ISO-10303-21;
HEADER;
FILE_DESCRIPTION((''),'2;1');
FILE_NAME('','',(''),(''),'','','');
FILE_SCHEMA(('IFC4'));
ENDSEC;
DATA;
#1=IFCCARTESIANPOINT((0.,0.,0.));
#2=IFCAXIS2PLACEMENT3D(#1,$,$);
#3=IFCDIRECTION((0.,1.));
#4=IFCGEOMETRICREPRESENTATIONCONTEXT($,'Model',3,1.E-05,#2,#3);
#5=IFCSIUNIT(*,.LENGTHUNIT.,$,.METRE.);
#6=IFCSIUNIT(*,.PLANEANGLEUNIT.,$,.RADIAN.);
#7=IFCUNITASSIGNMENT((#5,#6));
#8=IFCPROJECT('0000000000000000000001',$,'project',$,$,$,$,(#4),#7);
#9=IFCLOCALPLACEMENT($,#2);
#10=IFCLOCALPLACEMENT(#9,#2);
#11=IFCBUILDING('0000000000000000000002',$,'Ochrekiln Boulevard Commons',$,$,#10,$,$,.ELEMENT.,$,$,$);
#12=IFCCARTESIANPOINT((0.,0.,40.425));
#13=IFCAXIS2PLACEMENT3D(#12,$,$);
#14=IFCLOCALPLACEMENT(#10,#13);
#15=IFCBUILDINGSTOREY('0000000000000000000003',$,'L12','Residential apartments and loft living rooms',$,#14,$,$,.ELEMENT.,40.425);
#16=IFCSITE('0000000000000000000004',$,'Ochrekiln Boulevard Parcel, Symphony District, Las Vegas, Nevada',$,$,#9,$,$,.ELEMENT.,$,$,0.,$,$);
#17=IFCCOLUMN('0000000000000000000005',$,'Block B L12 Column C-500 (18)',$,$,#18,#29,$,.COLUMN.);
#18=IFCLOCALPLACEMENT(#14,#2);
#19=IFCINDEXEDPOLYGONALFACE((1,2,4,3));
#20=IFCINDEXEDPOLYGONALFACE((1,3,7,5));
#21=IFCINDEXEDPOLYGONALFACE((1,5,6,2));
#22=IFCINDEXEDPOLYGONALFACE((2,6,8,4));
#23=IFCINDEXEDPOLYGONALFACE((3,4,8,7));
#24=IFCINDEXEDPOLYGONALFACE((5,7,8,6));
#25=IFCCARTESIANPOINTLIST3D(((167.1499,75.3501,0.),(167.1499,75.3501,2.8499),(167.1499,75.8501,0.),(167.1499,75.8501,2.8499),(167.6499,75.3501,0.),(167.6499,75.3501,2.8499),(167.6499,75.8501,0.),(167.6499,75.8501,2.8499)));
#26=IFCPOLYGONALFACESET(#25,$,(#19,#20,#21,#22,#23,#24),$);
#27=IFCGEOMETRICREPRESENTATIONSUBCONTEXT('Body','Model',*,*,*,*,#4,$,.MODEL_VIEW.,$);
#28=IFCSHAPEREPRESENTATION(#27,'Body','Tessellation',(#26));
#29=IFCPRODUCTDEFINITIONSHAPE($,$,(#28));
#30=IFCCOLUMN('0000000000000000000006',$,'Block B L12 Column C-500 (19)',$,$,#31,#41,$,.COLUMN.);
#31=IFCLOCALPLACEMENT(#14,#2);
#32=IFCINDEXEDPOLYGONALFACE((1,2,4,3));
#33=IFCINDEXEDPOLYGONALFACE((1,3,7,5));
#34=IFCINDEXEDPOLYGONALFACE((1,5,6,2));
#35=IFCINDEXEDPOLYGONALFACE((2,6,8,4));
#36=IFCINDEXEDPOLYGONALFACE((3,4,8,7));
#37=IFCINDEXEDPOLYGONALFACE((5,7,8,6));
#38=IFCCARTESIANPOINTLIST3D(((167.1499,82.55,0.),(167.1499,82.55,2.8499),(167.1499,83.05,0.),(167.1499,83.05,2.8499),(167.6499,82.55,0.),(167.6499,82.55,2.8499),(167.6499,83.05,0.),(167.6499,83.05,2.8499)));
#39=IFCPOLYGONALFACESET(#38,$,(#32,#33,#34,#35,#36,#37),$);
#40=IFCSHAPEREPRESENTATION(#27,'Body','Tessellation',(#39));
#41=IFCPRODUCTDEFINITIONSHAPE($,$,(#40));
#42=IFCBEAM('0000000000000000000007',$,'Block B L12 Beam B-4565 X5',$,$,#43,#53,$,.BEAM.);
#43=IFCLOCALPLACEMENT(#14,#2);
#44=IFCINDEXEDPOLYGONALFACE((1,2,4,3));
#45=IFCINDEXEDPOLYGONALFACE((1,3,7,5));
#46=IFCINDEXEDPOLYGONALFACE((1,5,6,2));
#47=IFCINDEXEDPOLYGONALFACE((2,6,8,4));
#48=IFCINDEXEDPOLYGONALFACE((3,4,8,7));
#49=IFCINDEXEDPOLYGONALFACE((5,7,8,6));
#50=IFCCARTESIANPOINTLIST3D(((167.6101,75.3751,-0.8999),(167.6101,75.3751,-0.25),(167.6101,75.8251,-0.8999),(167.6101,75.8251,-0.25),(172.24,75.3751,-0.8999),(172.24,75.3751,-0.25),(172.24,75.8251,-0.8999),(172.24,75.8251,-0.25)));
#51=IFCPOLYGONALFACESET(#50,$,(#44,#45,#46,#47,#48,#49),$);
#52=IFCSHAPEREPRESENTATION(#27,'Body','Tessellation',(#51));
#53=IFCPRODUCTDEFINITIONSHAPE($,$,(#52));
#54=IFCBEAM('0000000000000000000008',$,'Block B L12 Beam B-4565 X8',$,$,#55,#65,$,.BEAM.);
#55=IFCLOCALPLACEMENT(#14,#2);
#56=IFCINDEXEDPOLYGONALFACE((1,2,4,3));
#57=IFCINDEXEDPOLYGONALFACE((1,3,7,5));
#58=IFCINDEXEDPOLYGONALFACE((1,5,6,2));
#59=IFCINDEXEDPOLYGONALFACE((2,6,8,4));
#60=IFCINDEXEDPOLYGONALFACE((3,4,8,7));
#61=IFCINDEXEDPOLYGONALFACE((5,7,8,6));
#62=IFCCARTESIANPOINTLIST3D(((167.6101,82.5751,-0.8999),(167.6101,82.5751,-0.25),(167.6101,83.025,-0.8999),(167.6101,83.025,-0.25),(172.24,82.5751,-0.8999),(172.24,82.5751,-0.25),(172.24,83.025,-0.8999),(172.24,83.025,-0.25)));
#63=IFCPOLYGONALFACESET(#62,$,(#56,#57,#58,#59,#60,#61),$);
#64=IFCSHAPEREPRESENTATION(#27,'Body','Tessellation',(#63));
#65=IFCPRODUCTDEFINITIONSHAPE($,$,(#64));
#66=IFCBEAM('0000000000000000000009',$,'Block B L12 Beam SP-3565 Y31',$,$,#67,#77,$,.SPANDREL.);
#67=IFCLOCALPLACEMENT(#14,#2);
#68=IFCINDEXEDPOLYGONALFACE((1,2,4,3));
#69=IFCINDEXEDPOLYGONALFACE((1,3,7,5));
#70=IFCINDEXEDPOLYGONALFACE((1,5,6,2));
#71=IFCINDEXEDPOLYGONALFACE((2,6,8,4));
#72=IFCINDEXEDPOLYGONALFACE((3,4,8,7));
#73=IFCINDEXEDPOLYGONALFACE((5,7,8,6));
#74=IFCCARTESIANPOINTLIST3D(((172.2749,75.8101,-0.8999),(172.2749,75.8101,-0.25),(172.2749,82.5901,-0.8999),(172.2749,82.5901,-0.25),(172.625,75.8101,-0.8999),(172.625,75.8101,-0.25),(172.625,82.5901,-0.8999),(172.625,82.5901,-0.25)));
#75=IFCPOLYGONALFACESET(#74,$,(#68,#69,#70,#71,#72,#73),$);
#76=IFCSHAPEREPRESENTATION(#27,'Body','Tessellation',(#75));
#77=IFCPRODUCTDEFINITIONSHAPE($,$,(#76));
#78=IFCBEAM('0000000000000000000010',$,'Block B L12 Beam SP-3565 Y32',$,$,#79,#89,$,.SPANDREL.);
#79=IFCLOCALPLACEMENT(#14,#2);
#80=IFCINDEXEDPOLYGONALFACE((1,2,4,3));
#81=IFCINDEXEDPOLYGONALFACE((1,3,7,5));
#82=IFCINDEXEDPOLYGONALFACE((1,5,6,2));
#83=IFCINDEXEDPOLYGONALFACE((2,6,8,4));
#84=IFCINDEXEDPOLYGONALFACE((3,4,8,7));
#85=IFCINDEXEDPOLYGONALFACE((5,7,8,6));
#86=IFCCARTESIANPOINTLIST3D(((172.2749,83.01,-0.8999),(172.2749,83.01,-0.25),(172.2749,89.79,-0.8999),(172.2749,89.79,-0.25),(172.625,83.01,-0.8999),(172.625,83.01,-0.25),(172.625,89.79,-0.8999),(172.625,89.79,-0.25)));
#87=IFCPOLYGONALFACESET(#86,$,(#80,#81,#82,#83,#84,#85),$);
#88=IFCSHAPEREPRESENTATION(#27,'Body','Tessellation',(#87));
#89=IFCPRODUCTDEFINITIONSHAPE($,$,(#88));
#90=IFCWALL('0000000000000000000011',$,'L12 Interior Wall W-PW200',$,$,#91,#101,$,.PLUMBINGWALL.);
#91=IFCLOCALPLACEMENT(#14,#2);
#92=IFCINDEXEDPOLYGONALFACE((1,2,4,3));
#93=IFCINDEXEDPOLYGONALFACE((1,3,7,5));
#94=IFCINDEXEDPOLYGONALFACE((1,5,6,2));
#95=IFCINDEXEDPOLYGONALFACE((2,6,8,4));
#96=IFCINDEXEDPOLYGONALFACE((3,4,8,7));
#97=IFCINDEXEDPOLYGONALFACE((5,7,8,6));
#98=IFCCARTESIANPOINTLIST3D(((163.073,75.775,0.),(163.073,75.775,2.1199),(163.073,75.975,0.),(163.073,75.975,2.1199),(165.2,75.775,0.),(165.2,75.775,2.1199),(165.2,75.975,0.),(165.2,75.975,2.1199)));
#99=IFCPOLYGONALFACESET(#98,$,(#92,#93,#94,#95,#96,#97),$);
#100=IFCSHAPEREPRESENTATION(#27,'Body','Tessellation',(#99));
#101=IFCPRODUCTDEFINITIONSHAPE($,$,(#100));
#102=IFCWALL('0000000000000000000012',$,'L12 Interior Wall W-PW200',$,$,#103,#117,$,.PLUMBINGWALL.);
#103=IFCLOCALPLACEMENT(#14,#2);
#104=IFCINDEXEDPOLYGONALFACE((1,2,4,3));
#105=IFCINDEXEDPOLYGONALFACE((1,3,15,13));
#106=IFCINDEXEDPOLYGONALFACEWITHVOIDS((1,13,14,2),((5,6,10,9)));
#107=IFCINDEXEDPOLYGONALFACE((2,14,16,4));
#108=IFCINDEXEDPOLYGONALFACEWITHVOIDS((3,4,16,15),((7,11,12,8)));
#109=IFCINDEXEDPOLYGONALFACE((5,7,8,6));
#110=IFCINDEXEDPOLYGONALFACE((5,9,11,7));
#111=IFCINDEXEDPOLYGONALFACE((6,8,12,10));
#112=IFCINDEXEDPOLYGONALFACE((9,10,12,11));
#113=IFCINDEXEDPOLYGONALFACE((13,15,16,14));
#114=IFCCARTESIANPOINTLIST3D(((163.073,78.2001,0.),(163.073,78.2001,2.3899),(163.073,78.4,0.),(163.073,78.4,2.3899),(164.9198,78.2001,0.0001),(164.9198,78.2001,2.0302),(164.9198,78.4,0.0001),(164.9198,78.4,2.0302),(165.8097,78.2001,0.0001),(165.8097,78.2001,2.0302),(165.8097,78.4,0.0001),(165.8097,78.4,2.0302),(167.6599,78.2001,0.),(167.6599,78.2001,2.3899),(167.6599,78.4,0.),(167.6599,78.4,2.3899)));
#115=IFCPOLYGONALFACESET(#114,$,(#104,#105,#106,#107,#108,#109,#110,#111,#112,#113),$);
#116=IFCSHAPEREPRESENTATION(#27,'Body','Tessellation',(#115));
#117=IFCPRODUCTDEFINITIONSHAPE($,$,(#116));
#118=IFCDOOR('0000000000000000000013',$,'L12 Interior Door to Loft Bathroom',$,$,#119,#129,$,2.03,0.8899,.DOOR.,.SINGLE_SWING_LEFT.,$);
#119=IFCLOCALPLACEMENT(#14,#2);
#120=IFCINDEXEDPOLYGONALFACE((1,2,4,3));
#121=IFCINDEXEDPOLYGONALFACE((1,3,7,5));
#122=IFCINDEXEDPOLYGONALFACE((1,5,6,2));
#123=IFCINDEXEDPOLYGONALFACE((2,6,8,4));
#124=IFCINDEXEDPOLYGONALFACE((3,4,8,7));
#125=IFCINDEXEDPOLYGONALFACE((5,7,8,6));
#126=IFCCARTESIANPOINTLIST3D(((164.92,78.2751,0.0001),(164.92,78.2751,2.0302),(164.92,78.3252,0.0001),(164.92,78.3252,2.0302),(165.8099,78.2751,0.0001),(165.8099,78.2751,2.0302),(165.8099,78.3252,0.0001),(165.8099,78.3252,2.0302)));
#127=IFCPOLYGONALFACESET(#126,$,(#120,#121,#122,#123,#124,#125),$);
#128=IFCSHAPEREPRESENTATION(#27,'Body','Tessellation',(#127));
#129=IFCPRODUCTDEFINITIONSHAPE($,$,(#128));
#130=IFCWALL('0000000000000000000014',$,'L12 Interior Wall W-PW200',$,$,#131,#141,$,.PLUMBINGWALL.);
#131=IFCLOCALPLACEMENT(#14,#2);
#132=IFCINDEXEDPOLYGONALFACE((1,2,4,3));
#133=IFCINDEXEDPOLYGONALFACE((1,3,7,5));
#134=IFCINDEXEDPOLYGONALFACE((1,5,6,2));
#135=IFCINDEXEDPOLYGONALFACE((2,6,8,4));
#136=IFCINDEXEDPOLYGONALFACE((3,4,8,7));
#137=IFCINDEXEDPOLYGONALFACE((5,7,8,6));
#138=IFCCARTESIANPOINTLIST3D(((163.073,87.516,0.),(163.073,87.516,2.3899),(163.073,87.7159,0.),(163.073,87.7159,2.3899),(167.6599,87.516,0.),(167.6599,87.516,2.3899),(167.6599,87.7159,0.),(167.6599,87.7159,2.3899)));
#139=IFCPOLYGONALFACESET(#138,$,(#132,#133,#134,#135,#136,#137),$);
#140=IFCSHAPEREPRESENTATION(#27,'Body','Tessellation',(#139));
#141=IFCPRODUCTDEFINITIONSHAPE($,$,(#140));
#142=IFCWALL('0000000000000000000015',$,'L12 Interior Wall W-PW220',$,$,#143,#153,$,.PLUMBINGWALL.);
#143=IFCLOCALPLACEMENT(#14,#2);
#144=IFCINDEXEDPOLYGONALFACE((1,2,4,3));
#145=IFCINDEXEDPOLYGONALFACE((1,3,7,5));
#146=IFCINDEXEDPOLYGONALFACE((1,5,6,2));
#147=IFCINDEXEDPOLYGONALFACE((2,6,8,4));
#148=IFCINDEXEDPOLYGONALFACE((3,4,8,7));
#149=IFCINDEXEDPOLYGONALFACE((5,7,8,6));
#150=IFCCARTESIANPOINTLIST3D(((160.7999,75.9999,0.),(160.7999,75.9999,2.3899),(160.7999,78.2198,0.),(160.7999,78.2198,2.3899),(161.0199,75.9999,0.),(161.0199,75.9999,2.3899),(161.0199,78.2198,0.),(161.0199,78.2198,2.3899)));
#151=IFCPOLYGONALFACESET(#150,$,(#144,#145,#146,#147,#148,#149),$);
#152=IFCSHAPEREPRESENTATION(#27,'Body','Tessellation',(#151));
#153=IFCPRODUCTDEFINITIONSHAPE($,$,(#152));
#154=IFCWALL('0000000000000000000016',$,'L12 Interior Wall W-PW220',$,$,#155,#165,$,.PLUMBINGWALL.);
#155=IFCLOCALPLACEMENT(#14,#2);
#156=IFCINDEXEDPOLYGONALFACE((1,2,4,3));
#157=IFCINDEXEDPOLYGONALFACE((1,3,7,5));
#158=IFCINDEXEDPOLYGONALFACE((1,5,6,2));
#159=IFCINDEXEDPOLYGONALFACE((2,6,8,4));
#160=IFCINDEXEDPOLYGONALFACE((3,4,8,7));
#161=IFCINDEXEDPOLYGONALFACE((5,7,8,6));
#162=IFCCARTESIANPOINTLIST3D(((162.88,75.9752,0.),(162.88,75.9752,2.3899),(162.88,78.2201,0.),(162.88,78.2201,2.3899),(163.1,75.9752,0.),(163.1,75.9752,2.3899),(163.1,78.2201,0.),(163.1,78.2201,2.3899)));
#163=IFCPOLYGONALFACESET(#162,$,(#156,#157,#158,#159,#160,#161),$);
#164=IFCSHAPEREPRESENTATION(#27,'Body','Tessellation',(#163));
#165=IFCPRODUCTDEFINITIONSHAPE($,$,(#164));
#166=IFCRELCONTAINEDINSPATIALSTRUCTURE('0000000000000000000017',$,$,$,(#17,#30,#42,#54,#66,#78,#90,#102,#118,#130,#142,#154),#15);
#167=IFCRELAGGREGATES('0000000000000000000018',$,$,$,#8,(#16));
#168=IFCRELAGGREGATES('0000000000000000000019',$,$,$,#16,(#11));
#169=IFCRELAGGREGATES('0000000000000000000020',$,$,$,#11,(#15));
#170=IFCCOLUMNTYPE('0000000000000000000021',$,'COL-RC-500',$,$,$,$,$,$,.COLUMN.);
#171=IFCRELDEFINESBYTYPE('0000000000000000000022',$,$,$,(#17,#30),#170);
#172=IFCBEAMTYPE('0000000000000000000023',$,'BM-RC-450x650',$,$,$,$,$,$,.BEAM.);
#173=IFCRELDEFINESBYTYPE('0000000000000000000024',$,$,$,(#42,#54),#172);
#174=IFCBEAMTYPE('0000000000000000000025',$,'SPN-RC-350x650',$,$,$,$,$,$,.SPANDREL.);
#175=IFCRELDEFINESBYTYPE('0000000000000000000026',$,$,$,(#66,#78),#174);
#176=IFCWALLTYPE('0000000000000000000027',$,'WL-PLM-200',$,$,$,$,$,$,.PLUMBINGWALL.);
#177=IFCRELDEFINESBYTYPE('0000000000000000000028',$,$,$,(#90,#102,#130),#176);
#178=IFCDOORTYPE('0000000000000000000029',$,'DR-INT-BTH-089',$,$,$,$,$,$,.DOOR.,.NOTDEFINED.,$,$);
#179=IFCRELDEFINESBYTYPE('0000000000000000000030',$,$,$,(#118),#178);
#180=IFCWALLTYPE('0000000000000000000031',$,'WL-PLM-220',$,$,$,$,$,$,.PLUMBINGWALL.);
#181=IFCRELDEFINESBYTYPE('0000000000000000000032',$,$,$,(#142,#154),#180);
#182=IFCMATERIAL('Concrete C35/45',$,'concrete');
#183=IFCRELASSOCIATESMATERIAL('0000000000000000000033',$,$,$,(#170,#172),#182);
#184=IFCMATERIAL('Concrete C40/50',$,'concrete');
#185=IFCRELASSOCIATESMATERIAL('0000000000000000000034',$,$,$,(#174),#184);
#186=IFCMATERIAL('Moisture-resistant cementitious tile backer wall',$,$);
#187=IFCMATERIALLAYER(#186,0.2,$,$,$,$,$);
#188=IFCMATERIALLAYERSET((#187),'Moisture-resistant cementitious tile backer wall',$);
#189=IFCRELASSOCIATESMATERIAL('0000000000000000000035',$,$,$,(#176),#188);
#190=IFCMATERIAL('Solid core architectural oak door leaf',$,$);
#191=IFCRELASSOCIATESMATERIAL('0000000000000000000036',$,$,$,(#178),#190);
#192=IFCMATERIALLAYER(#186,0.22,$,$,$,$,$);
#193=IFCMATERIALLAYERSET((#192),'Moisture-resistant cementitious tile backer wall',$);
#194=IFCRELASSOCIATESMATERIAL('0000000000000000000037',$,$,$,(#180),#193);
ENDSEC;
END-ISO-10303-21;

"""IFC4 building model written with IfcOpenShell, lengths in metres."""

from ifc_helpers import new_model, si_unit, direction, frame, frame_2d, origin, origin_2d, place, context, subcontext, project, spatial, rectangle, extrude, material, layer, layer_set, material_profile, profile_set, type_object, element, fill, save


model = new_model("IFC4")

# Units and contexts
model_context = context("Model", 3, precision=1e-05, world=origin(), true_north=direction((0.0, 1.0)))
body_context = subcontext(model_context, "Body", "Model", "MODEL_VIEW")
ifc_project = project(units=[si_unit("LENGTHUNIT", "METRE"), si_unit("PLANEANGLEUNIT", "RADIAN")], contexts=[model_context])

# Site, building, storey
site_placement = place(None, origin())
site = spatial("IfcSite", under=ifc_project, at=site_placement, Name="Ochrekiln Boulevard Parcel, Symphony District, Las Vegas, Nevada", CompositionType="ELEMENT", RefElevation=0.0)
building_placement = place(site_placement, origin())
building = spatial("IfcBuilding", under=site, at=building_placement, Name="Ochrekiln Boulevard Commons", CompositionType="ELEMENT")
storey_placement = place(building_placement, frame((0.0, 0.0, 40.425)))
storey = spatial("IfcBuildingStorey", under=building, at=storey_placement, Name="L12", Description="Residential apartments and loft living rooms", CompositionType="ELEMENT", Elevation=40.425)

# Columns
ifc_material_1 = material(Name="Concrete C35/45", Category="concrete")
ifc_material_profile_1 = material_profile(ifc_material_1, rectangle(XDim=0.5, YDim=0.5, at=origin_2d()), Name="RC-COL-500x500")
ifc_profile_set_1 = profile_set([ifc_material_profile_1], Name="Concrete C35/45")
column_type = type_object("IfcColumnType", Name="COL-RC-500", PredefinedType="COLUMN", material=ifc_profile_set_1)
for number, where, z_axis, x_axis, name in (
    (1, (167.3999, 75.6001, 0.0), (0.0, 0.0, 1.0), (1.0, 0.0, 0.0), "Block B L12 Column C-500 (18)"),
    (2, (167.3999, 82.8, 0.0), (0.0, 0.0, 1.0), (1.0, 0.0, 0.0), "Block B L12 Column C-500 (19)"),
):
    element("IfcColumn", number, at=place(storey_placement, frame(where, z_axis=z_axis, x_axis=x_axis)), inside=storey, type_object=column_type, Name=name, PredefinedType="COLUMN", context=body_context, shape_type="SweptSolid", body=[
        extrude(rectangle(XDim=0.5, YDim=0.5, at=origin_2d()), origin(), (0.0, 0.0, 1.0), 2.8499),
    ])

# Beams
ifc_material_profile_2 = material_profile(ifc_material_1, rectangle(XDim=0.45, YDim=0.6499, at=origin_2d()), Name="RC-BM-450x650")
ifc_profile_set_2 = profile_set([ifc_material_profile_2], Name="Concrete C35/45")
beam_type_1 = type_object("IfcBeamType", Name="BM-RC-450x650", PredefinedType="BEAM", material=ifc_profile_set_2)
for number, where, z_axis, x_axis, name in (
    (3, (167.6101, 75.6001, -0.575), (1.0, 0.0, 0.0), (0.0, 1.0, 0.0), "Block B L12 Beam B-4565 X5"),
    (4, (167.6101, 82.8, -0.575), (1.0, 0.0, 0.0), (0.0, 1.0, 0.0), "Block B L12 Beam B-4565 X8"),
):
    element("IfcBeam", number, at=place(storey_placement, frame(where, z_axis=z_axis, x_axis=x_axis)), inside=storey, type_object=beam_type_1, Name=name, PredefinedType="BEAM", context=body_context, shape_type="SweptSolid", body=[
        extrude(rectangle(XDim=0.45, YDim=0.6499, at=origin_2d()), origin(), (0.0, 0.0, 1.0), 4.6299),
    ])
ifc_material_2 = material(Name="Concrete C40/50", Category="concrete")
ifc_material_profile_3 = material_profile(ifc_material_2, rectangle(XDim=0.3501, YDim=0.6499, at=origin_2d()), Name="RC-SPN-350x650")
ifc_profile_set_3 = profile_set([ifc_material_profile_3], Name="Concrete C40/50")
beam_type_2 = type_object("IfcBeamType", Name="SPN-RC-350x650", PredefinedType="SPANDREL", material=ifc_profile_set_3)
for number, where, z_axis, x_axis, name in (
    (5, (172.45, 75.8101, -0.575), (0.0, 1.0, 0.0), (-1.0, 0.0, 0.0), "Block B L12 Beam SP-3565 Y31"),
    (6, (172.45, 83.01, -0.575), (0.0, 1.0, 0.0), (-1.0, 0.0, 0.0), "Block B L12 Beam SP-3565 Y32"),
):
    element("IfcBeam", number, at=place(storey_placement, frame(where, z_axis=z_axis, x_axis=x_axis)), inside=storey, type_object=beam_type_2, Name=name, PredefinedType="SPANDREL", context=body_context, shape_type="SweptSolid", body=[
        extrude(rectangle(XDim=0.3501, YDim=0.6499, at=origin_2d()), origin(), (0.0, 0.0, 1.0), 6.78),
    ])

# Wall
ifc_material_3 = material(Name="Moisture-resistant cementitious tile backer wall")
ifc_layer_1 = layer(ifc_material_3, 0.2)
ifc_layer_set_1 = layer_set([ifc_layer_1], Name="Moisture-resistant cementitious tile backer wall")
wall_type_1 = type_object("IfcWallType", Name="WL-PLM-200", PredefinedType="PLUMBINGWALL", material=ifc_layer_set_1)
wall_1_placement = place(storey_placement, frame((163.073, 75.875, 0.0), z_axis=(0.0, 0.0, 1.0), x_axis=(1.0, 0.0, 0.0)))
element("IfcWall", 7, at=wall_1_placement, inside=storey, type_object=wall_type_1, Name="L12 Interior Wall W-PW200", PredefinedType="PLUMBINGWALL", context=body_context, shape_type="SweptSolid", body=[
    extrude(rectangle(XDim=2.127, YDim=0.2, at=frame_2d((1.0635, 0.0))), origin(), (0.0, 0.0, 1.0), 2.1199),
])

# Wall, opening, door
wall_2_placement = place(storey_placement, frame((163.073, 78.3, 0.0), z_axis=(0.0, 0.0, 1.0), x_axis=(1.0, 0.0, 0.0)))
wall_2 = element("IfcWall", 8, at=wall_2_placement, inside=storey, type_object=wall_type_1, Name="L12 Interior Wall W-PW200", PredefinedType="PLUMBINGWALL", context=body_context, shape_type="SweptSolid", body=[
    extrude(rectangle(XDim=4.5869, YDim=0.2, at=frame_2d((2.2935, 0.0))), origin(), (0.0, 0.0, 1.0), 2.3899),
])
opening_1_placement = place(wall_2_placement, frame((1.8469, 0.0, 0.0)))
opening_1 = element("IfcOpeningElement", 9, at=opening_1_placement, cuts=wall_2, PredefinedType="OPENING", context=body_context, shape_type="SweptSolid", body=[
    extrude(rectangle(XDim=0.8899, YDim=2.03, at=frame_2d((0.4448, 1.0151))), frame((0.0, 0.1099, 0.0), z_axis=(0.0, -1.0, 0.0), x_axis=(1.0, 0.0, 0.0)), (0.0, 0.0, 1.0), 0.22),
])
ifc_material_4 = material(Name="Solid core architectural oak door leaf")
door_type_1 = type_object("IfcDoorType", Name="DR-INT-BTH-089", OperationType="NOTDEFINED", PredefinedType="DOOR", material=ifc_material_4)
door_1_placement = place(opening_1_placement, frame((0.8899, 0.0, 0.0), z_axis=(0.0, 0.0, 1.0), x_axis=(-1.0, 0.0, 0.0)))
door_1 = element("IfcDoor", 10, at=door_1_placement, inside=storey, type_object=door_type_1, Name="L12 Interior Door to Loft Bathroom", OperationType="SINGLE_SWING_LEFT", OverallHeight=2.03, OverallWidth=0.8899, PredefinedType="DOOR", context=body_context, shape_type="SweptSolid", body=[
    extrude(rectangle(XDim=0.8899, YDim=2.03, at=frame_2d((0.4448, 1.0151))), frame((0.0, 0.0249, 0.0), z_axis=(0.0, -1.0, 0.0), x_axis=(1.0, 0.0, 0.0)), (0.0, 0.0, 1.0), 0.05),
])
fill(opening_1, door_1)

# Walls
wall_3_placement = place(storey_placement, frame((163.073, 87.616, 0.0), z_axis=(0.0, 0.0, 1.0), x_axis=(1.0, 0.0, 0.0)))
element("IfcWall", 11, at=wall_3_placement, inside=storey, type_object=wall_type_1, Name="L12 Interior Wall W-PW200", PredefinedType="PLUMBINGWALL", context=body_context, shape_type="SweptSolid", body=[
    extrude(rectangle(XDim=4.5869, YDim=0.2, at=frame_2d((2.2935, 0.0))), origin(), (0.0, 0.0, 1.0), 2.3899),
])
ifc_layer_2 = layer(ifc_material_3, 0.22)
ifc_layer_set_2 = layer_set([ifc_layer_2], Name="Moisture-resistant cementitious tile backer wall")
wall_type_2 = type_object("IfcWallType", Name="WL-PLM-220", PredefinedType="PLUMBINGWALL", material=ifc_layer_set_2)
wall_4_placement = place(storey_placement, frame((160.9099, 76.0, 0.0), z_axis=(0.0, 0.0, 1.0), x_axis=(0.0, 1.0, 0.0)))
element("IfcWall", 12, at=wall_4_placement, inside=storey, type_object=wall_type_2, Name="L12 Interior Wall W-PW220", PredefinedType="PLUMBINGWALL", context=body_context, shape_type="SweptSolid", body=[
    extrude(rectangle(XDim=2.22, YDim=0.22, at=frame_2d((1.1099, 0.0))), origin(), (0.0, 0.0, 1.0), 2.3899),
])
wall_5_placement = place(storey_placement, frame((162.99, 75.9751, 0.0), z_axis=(0.0, 0.0, 1.0), x_axis=(0.0, 1.0, 0.0)))
element("IfcWall", 13, at=wall_5_placement, inside=storey, type_object=wall_type_2, Name="L12 Interior Wall W-PW220", PredefinedType="PLUMBINGWALL", context=body_context, shape_type="SweptSolid", body=[
    extrude(rectangle(XDim=2.2449, YDim=0.22, at=frame_2d((1.1226, 0.0))), origin(), (0.0, 0.0, 1.0), 2.3899),
])

save(model, "model.ifc")
